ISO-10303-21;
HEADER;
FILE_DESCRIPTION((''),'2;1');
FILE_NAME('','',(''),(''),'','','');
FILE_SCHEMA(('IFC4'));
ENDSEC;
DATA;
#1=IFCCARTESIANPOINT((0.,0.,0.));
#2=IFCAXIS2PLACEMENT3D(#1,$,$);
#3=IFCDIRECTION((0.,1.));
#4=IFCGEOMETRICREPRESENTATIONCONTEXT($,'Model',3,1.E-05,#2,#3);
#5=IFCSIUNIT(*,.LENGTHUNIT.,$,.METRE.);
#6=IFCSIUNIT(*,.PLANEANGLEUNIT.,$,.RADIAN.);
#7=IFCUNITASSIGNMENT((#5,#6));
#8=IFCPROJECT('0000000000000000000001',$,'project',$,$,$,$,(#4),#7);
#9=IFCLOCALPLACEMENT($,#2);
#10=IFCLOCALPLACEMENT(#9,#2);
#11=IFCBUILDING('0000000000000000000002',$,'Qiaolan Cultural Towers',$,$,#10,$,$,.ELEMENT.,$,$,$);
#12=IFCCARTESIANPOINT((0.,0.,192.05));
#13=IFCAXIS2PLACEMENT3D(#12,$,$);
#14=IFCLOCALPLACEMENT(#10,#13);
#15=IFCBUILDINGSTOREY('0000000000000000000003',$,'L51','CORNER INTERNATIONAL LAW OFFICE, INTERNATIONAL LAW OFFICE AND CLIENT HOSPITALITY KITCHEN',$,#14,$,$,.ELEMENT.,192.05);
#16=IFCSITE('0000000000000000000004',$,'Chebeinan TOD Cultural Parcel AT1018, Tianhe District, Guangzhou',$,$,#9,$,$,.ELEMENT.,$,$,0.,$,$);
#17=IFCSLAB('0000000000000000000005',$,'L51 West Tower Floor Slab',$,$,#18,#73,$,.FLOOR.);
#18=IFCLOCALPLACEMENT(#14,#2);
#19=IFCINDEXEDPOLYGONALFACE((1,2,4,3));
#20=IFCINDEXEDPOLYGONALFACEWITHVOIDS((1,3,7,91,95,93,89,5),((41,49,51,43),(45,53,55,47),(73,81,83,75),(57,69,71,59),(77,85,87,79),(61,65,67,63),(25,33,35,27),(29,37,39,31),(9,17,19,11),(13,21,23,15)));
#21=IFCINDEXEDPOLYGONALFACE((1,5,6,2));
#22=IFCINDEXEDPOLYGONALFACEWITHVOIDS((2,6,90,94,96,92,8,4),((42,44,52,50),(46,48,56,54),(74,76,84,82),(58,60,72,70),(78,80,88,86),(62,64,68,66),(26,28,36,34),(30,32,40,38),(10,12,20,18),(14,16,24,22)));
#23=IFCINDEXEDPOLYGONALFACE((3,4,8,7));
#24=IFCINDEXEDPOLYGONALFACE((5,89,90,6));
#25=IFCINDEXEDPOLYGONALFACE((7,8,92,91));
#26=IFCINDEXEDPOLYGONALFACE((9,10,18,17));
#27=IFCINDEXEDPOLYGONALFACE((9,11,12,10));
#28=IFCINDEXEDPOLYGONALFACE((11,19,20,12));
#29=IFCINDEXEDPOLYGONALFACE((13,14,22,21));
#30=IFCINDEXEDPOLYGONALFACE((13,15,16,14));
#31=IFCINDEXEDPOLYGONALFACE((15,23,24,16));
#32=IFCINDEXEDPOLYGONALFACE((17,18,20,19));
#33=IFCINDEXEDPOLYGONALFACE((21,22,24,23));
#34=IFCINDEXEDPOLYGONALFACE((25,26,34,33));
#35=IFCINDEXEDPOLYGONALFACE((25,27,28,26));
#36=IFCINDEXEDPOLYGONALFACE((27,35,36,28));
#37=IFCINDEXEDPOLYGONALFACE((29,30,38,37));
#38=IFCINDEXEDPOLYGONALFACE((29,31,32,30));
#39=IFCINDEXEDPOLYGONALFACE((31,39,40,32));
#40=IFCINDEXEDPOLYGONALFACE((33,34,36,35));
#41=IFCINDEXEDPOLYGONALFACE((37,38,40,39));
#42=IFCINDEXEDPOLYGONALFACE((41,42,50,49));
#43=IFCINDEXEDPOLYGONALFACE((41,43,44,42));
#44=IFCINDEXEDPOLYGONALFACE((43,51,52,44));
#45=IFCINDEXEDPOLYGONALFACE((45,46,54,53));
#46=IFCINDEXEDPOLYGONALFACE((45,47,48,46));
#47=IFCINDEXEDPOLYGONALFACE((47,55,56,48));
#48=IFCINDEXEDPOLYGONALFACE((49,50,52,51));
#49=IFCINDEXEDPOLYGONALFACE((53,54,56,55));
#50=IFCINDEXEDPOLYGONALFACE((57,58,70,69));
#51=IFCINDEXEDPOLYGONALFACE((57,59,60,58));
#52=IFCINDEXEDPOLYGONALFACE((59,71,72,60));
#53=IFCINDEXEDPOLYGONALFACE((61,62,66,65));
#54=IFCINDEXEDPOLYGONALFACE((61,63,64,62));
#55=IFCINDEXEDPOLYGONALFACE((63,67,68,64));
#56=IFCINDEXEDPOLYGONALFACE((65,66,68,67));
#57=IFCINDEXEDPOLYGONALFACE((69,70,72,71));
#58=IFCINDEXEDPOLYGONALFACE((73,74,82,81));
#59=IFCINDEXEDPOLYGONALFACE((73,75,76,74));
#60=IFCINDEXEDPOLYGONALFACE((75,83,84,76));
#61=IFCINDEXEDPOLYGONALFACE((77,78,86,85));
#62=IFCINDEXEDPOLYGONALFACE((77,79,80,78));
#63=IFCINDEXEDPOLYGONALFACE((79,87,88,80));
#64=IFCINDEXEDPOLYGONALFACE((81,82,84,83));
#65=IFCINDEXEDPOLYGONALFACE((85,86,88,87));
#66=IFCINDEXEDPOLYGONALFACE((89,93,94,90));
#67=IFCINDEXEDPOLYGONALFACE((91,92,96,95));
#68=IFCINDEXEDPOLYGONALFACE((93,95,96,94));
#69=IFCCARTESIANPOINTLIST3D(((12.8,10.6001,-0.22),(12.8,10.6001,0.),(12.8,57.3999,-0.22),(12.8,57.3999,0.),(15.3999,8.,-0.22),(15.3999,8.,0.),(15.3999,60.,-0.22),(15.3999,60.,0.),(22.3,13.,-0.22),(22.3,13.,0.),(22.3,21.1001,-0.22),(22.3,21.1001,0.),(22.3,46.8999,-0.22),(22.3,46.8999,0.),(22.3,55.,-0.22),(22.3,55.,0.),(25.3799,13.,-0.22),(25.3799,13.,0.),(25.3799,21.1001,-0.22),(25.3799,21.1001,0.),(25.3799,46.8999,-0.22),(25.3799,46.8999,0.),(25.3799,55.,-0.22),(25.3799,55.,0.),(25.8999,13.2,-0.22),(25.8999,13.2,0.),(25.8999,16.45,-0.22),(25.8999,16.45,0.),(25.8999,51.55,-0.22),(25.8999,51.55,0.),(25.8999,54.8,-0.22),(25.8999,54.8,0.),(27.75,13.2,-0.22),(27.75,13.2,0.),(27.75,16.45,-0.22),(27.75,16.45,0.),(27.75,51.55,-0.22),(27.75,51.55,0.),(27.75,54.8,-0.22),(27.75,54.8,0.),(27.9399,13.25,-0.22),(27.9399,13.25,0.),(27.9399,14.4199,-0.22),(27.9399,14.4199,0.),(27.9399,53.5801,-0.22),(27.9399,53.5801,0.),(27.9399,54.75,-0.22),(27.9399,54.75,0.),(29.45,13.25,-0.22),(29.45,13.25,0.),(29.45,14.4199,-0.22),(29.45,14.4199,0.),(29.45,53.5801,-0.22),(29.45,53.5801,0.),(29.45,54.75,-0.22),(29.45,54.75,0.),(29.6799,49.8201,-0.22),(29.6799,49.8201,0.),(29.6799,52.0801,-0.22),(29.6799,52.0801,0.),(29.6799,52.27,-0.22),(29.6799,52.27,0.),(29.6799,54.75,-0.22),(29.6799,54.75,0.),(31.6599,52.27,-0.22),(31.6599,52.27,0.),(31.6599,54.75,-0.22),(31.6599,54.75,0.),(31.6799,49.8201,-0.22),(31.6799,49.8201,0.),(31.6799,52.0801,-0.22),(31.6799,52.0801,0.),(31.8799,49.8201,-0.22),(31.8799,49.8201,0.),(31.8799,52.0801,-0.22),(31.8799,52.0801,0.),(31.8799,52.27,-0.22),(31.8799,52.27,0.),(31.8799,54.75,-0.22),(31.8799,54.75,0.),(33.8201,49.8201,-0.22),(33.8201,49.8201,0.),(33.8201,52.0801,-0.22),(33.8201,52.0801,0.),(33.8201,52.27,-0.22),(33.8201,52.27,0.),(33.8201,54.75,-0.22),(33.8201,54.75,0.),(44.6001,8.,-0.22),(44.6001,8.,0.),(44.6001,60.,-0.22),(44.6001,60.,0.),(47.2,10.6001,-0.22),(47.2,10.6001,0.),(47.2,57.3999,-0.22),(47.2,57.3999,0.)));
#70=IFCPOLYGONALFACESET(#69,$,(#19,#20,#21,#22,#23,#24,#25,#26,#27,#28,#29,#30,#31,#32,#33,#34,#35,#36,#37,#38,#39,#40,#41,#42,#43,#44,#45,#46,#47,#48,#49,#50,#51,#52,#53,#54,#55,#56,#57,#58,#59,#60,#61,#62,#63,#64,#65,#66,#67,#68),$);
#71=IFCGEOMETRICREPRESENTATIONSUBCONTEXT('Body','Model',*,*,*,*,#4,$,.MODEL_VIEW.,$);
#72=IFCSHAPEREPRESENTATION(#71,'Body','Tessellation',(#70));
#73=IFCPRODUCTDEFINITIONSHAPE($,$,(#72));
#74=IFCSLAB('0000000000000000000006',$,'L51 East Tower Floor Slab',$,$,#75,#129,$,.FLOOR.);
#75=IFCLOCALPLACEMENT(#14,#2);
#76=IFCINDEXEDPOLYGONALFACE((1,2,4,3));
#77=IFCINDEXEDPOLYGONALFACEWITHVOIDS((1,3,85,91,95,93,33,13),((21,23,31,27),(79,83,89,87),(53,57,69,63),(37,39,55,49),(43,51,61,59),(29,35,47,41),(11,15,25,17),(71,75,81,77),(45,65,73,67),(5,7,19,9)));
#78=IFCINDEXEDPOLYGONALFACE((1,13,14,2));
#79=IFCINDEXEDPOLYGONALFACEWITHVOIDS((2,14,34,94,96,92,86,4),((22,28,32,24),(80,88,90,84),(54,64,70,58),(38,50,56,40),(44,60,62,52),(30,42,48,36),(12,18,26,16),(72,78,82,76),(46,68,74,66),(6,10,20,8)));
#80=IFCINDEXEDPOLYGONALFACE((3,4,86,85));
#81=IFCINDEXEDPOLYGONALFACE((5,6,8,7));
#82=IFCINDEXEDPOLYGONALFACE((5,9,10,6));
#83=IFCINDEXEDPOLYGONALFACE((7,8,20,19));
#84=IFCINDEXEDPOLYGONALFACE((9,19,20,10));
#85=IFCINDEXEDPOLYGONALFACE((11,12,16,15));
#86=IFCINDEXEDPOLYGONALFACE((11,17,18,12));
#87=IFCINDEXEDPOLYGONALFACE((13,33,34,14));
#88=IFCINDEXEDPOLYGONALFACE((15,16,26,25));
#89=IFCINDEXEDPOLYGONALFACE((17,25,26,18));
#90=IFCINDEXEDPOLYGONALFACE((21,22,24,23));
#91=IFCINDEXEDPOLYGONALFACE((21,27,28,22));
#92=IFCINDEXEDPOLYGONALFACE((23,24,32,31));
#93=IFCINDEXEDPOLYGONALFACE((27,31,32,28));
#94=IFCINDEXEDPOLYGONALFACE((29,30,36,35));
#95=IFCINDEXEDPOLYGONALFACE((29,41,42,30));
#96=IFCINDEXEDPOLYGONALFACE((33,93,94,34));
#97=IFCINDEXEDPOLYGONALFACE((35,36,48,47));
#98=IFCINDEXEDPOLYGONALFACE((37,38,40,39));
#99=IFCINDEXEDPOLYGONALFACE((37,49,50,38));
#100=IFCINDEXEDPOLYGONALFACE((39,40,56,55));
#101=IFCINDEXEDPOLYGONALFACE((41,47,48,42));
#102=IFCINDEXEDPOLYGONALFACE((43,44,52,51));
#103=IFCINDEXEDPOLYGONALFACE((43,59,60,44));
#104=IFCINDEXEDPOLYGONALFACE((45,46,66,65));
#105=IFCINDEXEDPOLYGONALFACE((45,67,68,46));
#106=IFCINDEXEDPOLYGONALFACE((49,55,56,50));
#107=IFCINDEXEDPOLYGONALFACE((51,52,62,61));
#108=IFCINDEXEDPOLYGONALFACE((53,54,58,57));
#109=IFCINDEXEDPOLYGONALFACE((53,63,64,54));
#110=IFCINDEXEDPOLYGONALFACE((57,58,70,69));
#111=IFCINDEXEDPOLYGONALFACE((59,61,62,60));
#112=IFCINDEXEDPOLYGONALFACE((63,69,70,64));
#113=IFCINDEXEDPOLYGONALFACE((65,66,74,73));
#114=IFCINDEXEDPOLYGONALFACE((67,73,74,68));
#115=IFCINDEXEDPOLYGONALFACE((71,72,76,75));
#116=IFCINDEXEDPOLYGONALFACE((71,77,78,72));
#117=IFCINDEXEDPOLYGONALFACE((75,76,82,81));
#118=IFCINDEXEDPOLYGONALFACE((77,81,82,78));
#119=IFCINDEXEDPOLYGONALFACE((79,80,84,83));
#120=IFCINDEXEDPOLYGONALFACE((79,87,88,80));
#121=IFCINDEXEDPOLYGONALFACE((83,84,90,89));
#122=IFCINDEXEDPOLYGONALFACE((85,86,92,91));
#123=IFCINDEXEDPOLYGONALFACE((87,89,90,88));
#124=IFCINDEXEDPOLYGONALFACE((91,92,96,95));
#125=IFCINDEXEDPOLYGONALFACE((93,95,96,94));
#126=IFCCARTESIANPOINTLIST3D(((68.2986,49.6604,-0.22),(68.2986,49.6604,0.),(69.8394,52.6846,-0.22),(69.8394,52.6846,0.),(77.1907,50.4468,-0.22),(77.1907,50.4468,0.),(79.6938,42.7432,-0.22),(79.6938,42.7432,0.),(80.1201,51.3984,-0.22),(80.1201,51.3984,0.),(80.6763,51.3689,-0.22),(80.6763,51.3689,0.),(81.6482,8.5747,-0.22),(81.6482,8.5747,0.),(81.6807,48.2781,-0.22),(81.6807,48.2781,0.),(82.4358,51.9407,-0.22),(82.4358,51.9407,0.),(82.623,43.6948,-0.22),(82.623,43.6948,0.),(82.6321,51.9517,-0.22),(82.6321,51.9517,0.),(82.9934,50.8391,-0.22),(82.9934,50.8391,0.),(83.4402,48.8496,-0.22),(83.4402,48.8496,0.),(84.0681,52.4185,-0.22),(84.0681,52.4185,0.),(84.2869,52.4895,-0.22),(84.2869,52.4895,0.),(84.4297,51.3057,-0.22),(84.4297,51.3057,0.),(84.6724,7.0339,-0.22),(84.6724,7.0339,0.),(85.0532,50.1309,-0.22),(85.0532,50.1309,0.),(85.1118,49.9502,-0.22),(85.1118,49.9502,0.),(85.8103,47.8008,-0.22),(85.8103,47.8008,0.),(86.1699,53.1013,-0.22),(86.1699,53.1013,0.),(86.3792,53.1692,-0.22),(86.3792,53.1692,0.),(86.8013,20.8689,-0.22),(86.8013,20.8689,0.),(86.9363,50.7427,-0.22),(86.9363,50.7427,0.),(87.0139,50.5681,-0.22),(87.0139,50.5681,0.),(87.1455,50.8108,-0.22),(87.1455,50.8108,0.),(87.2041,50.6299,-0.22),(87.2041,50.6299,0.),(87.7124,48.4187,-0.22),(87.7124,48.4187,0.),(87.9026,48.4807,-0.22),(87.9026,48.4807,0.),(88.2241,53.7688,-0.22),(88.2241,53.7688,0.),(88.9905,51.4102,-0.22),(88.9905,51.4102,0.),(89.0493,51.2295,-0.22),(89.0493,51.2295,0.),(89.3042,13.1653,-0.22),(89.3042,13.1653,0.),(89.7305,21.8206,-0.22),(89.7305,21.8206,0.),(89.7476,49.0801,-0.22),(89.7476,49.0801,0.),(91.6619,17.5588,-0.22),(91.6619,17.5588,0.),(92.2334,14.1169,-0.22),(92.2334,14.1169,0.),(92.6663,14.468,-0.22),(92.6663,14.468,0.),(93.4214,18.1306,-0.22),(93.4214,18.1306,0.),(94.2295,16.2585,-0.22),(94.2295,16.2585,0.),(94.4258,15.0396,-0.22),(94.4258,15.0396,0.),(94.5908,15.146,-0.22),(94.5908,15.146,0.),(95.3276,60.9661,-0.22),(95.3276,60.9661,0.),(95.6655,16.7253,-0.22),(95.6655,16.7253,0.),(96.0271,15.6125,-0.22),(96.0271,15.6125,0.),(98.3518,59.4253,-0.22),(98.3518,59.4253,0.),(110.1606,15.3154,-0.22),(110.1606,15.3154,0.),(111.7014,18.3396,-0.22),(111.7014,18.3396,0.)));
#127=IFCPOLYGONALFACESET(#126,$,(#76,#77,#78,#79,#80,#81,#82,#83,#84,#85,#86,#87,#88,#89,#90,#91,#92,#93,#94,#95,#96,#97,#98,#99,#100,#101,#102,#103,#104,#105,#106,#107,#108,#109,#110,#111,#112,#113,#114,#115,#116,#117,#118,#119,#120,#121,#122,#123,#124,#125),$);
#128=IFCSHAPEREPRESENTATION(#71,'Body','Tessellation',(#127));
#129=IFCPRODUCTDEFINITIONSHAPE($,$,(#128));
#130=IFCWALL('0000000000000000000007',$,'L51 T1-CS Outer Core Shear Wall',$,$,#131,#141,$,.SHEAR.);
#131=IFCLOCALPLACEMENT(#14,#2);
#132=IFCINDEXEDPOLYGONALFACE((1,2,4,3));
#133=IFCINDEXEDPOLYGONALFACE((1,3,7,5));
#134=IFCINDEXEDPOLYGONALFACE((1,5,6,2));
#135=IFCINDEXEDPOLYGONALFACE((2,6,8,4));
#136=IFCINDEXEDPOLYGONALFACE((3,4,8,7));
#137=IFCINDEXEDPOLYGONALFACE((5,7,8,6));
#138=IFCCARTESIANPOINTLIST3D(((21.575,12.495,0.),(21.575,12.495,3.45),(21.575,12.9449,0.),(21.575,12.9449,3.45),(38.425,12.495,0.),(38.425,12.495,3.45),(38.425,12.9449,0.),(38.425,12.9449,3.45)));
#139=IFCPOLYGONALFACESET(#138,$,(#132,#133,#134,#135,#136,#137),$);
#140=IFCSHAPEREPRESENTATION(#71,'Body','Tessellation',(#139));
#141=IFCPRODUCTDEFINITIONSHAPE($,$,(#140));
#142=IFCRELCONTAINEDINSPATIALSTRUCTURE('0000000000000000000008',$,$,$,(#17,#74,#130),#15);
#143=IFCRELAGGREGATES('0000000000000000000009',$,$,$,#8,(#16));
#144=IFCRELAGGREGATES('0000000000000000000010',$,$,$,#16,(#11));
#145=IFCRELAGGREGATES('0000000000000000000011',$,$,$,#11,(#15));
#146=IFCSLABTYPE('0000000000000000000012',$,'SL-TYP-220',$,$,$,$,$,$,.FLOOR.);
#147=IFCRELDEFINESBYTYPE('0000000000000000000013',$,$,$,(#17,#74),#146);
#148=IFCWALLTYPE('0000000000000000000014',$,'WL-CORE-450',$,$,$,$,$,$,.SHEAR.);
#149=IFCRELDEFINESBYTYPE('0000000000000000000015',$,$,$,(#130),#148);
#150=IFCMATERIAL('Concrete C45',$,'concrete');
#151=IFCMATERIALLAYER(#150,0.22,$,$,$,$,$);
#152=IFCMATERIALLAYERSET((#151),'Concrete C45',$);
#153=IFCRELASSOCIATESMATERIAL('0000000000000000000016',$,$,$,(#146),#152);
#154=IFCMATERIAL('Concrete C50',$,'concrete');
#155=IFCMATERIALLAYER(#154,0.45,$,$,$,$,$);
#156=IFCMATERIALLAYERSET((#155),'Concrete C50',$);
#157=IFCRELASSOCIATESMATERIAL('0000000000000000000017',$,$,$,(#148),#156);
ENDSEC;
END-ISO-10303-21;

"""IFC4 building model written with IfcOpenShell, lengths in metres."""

from ifc_helpers import new_model, si_unit, direction, frame, frame_2d, origin, place, context, subcontext, project, spatial, polyline, rectangle, outline, extrude, material, layer, layer_set, type_object, element, save


model = new_model("IFC4")

# Units and contexts
model_context = context("Model", 3, precision=1e-05, world=origin(), true_north=direction((0.0, 1.0)))
body_context = subcontext(model_context, "Body", "Model", "MODEL_VIEW")
ifc_project = project(units=[si_unit("LENGTHUNIT", "METRE"), si_unit("PLANEANGLEUNIT", "RADIAN")], contexts=[model_context])

# Site, building, storey
site_placement = place(None, origin())
site = spatial("IfcSite", under=ifc_project, at=site_placement, Name="Chebeinan TOD Cultural Parcel AT1018, Tianhe District, Guangzhou", CompositionType="ELEMENT", RefElevation=0.0)
building_placement = place(site_placement, origin())
building = spatial("IfcBuilding", under=site, at=building_placement, Name="Qiaolan Cultural Towers", CompositionType="ELEMENT")
storey_placement = place(building_placement, frame((0.0, 0.0, 192.05)))
storey = spatial("IfcBuildingStorey", under=building, at=storey_placement, Name="L51", Description="CORNER INTERNATIONAL LAW OFFICE, INTERNATIONAL LAW OFFICE AND CLIENT HOSPITALITY KITCHEN", CompositionType="ELEMENT", Elevation=192.05)

# Slabs
ifc_material_1 = material(Name="Concrete C45", Category="concrete")
ifc_layer_1 = layer(ifc_material_1, 0.22)
ifc_layer_set_1 = layer_set([ifc_layer_1], Name="Concrete C45")
slab_type_1 = type_object("IfcSlabType", Name="SL-TYP-220", PredefinedType="FLOOR", material=ifc_layer_set_1)
slab_1_placement = place(storey_placement, frame((0.0, 0.0, -0.22)))
element("IfcSlab", 1, at=slab_1_placement, inside=storey, type_object=slab_type_1, Name="L51 West Tower Floor Slab", PredefinedType="FLOOR", context=body_context, shape_type="SweptSolid", body=[
    extrude(outline(polyline([(15.3999, 8.0), (44.6001, 8.0), (47.2, 10.6001), (47.2, 57.3999), (44.6001, 60.0), (15.3999, 60.0), (12.8, 57.3999), (12.8, 10.6001), (15.3999, 8.0)]), holes=[polyline([(22.3, 21.1001), (22.3, 13.0), (25.3799, 13.0), (25.3799, 21.1001), (22.3, 21.1001)]), polyline([(25.3799, 46.8999), (25.3799, 55.0), (22.3, 55.0), (22.3, 46.8999), (25.3799, 46.8999)]), polyline([(25.8999, 13.2), (27.75, 13.2), (27.75, 16.45), (25.8999, 16.45), (25.8999, 13.2)]), polyline([(27.9399, 13.25), (29.45, 13.25), (29.45, 14.4199), (27.9399, 14.4199), (27.9399, 13.25)]), polyline([(25.8999, 51.55), (27.75, 51.55), (27.75, 54.8), (25.8999, 54.8), (25.8999, 51.55)]), polyline([(27.9399, 53.5801), (29.45, 53.5801), (29.45, 54.75), (27.9399, 54.75), (27.9399, 53.5801)]), polyline([(29.6799, 49.8201), (31.6799, 49.8201), (31.6799, 52.0801), (29.6799, 52.0801), (29.6799, 49.8201)]), polyline([(31.8799, 49.8201), (33.8201, 49.8201), (33.8201, 52.0801), (31.8799, 52.0801), (31.8799, 49.8201)]), polyline([(29.6799, 52.27), (31.6599, 52.27), (31.6599, 54.75), (29.6799, 54.75), (29.6799, 52.27)]), polyline([(31.8799, 52.27), (33.8201, 52.27), (33.8201, 54.75), (31.8799, 54.75), (31.8799, 52.27)])]), origin(), (0.0, 0.0, 1.0), 0.22),
])
slab_2_placement = place(storey_placement, frame((0.0, 0.0, -0.22)))
element("IfcSlab", 2, at=slab_2_placement, inside=storey, type_object=slab_type_1, Name="L51 East Tower Floor Slab", PredefinedType="FLOOR", context=body_context, shape_type="SweptSolid", body=[
    extrude(outline(polyline([(84.6724, 7.0339), (110.1606, 15.3154), (111.7014, 18.3396), (98.3518, 59.4253), (95.3276, 60.9661), (69.8394, 52.6846), (68.2986, 49.6604), (81.6482, 8.5747), (84.6724, 7.0339)]), holes=[polyline([(86.8013, 20.8689), (89.3042, 13.1653), (92.2334, 14.1169), (89.7305, 21.8206), (86.8013, 20.8689)]), polyline([(82.623, 43.6948), (80.1201, 51.3984), (77.1907, 50.4468), (79.6938, 42.7432), (82.623, 43.6948)]), polyline([(92.6663, 14.468), (94.4258, 15.0396), (93.4214, 18.1306), (91.6619, 17.5588), (92.6663, 14.468)]), polyline([(94.5908, 15.146), (96.0271, 15.6125), (95.6655, 16.7253), (94.2295, 16.2585), (94.5908, 15.146)]), polyline([(81.6807, 48.2781), (83.4402, 48.8496), (82.4358, 51.9407), (80.6763, 51.3689), (81.6807, 48.2781)]), polyline([(82.9934, 50.8391), (84.4297, 51.3057), (84.0681, 52.4185), (82.6321, 51.9517), (82.9934, 50.8391)]), polyline([(85.8103, 47.8008), (87.7124, 48.4187), (87.0139, 50.5681), (85.1118, 49.9502), (85.8103, 47.8008)]), polyline([(87.9026, 48.4807), (89.7476, 49.0801), (89.0493, 51.2295), (87.2041, 50.6299), (87.9026, 48.4807)]), polyline([(85.0532, 50.1309), (86.9363, 50.7427), (86.1699, 53.1013), (84.2869, 52.4895), (85.0532, 50.1309)]), polyline([(87.1455, 50.8108), (88.9905, 51.4102), (88.2241, 53.7688), (86.3792, 53.1692), (87.1455, 50.8108)])]), origin(), (0.0, 0.0, 1.0), 0.22),
])

# Wall
ifc_material_2 = material(Name="Concrete C50", Category="concrete")
ifc_layer_2 = layer(ifc_material_2, 0.45)
ifc_layer_set_2 = layer_set([ifc_layer_2], Name="Concrete C50")
wall_type_1 = type_object("IfcWallType", Name="WL-CORE-450", PredefinedType="SHEAR", material=ifc_layer_set_2)
wall_1_placement = place(storey_placement, frame((21.575, 12.72, 0.0), z_axis=(0.0, 0.0, 1.0), x_axis=(1.0, 0.0, 0.0)))
element("IfcWall", 3, at=wall_1_placement, inside=storey, type_object=wall_type_1, Name="L51 T1-CS Outer Core Shear Wall", PredefinedType="SHEAR", context=body_context, shape_type="SweptSolid", body=[
    extrude(rectangle(XDim=16.8501, YDim=0.45, at=frame_2d((8.425, 0.0))), origin(), (0.0, 0.0, 1.0), 3.45),
])

save(model, "model.ifc")
